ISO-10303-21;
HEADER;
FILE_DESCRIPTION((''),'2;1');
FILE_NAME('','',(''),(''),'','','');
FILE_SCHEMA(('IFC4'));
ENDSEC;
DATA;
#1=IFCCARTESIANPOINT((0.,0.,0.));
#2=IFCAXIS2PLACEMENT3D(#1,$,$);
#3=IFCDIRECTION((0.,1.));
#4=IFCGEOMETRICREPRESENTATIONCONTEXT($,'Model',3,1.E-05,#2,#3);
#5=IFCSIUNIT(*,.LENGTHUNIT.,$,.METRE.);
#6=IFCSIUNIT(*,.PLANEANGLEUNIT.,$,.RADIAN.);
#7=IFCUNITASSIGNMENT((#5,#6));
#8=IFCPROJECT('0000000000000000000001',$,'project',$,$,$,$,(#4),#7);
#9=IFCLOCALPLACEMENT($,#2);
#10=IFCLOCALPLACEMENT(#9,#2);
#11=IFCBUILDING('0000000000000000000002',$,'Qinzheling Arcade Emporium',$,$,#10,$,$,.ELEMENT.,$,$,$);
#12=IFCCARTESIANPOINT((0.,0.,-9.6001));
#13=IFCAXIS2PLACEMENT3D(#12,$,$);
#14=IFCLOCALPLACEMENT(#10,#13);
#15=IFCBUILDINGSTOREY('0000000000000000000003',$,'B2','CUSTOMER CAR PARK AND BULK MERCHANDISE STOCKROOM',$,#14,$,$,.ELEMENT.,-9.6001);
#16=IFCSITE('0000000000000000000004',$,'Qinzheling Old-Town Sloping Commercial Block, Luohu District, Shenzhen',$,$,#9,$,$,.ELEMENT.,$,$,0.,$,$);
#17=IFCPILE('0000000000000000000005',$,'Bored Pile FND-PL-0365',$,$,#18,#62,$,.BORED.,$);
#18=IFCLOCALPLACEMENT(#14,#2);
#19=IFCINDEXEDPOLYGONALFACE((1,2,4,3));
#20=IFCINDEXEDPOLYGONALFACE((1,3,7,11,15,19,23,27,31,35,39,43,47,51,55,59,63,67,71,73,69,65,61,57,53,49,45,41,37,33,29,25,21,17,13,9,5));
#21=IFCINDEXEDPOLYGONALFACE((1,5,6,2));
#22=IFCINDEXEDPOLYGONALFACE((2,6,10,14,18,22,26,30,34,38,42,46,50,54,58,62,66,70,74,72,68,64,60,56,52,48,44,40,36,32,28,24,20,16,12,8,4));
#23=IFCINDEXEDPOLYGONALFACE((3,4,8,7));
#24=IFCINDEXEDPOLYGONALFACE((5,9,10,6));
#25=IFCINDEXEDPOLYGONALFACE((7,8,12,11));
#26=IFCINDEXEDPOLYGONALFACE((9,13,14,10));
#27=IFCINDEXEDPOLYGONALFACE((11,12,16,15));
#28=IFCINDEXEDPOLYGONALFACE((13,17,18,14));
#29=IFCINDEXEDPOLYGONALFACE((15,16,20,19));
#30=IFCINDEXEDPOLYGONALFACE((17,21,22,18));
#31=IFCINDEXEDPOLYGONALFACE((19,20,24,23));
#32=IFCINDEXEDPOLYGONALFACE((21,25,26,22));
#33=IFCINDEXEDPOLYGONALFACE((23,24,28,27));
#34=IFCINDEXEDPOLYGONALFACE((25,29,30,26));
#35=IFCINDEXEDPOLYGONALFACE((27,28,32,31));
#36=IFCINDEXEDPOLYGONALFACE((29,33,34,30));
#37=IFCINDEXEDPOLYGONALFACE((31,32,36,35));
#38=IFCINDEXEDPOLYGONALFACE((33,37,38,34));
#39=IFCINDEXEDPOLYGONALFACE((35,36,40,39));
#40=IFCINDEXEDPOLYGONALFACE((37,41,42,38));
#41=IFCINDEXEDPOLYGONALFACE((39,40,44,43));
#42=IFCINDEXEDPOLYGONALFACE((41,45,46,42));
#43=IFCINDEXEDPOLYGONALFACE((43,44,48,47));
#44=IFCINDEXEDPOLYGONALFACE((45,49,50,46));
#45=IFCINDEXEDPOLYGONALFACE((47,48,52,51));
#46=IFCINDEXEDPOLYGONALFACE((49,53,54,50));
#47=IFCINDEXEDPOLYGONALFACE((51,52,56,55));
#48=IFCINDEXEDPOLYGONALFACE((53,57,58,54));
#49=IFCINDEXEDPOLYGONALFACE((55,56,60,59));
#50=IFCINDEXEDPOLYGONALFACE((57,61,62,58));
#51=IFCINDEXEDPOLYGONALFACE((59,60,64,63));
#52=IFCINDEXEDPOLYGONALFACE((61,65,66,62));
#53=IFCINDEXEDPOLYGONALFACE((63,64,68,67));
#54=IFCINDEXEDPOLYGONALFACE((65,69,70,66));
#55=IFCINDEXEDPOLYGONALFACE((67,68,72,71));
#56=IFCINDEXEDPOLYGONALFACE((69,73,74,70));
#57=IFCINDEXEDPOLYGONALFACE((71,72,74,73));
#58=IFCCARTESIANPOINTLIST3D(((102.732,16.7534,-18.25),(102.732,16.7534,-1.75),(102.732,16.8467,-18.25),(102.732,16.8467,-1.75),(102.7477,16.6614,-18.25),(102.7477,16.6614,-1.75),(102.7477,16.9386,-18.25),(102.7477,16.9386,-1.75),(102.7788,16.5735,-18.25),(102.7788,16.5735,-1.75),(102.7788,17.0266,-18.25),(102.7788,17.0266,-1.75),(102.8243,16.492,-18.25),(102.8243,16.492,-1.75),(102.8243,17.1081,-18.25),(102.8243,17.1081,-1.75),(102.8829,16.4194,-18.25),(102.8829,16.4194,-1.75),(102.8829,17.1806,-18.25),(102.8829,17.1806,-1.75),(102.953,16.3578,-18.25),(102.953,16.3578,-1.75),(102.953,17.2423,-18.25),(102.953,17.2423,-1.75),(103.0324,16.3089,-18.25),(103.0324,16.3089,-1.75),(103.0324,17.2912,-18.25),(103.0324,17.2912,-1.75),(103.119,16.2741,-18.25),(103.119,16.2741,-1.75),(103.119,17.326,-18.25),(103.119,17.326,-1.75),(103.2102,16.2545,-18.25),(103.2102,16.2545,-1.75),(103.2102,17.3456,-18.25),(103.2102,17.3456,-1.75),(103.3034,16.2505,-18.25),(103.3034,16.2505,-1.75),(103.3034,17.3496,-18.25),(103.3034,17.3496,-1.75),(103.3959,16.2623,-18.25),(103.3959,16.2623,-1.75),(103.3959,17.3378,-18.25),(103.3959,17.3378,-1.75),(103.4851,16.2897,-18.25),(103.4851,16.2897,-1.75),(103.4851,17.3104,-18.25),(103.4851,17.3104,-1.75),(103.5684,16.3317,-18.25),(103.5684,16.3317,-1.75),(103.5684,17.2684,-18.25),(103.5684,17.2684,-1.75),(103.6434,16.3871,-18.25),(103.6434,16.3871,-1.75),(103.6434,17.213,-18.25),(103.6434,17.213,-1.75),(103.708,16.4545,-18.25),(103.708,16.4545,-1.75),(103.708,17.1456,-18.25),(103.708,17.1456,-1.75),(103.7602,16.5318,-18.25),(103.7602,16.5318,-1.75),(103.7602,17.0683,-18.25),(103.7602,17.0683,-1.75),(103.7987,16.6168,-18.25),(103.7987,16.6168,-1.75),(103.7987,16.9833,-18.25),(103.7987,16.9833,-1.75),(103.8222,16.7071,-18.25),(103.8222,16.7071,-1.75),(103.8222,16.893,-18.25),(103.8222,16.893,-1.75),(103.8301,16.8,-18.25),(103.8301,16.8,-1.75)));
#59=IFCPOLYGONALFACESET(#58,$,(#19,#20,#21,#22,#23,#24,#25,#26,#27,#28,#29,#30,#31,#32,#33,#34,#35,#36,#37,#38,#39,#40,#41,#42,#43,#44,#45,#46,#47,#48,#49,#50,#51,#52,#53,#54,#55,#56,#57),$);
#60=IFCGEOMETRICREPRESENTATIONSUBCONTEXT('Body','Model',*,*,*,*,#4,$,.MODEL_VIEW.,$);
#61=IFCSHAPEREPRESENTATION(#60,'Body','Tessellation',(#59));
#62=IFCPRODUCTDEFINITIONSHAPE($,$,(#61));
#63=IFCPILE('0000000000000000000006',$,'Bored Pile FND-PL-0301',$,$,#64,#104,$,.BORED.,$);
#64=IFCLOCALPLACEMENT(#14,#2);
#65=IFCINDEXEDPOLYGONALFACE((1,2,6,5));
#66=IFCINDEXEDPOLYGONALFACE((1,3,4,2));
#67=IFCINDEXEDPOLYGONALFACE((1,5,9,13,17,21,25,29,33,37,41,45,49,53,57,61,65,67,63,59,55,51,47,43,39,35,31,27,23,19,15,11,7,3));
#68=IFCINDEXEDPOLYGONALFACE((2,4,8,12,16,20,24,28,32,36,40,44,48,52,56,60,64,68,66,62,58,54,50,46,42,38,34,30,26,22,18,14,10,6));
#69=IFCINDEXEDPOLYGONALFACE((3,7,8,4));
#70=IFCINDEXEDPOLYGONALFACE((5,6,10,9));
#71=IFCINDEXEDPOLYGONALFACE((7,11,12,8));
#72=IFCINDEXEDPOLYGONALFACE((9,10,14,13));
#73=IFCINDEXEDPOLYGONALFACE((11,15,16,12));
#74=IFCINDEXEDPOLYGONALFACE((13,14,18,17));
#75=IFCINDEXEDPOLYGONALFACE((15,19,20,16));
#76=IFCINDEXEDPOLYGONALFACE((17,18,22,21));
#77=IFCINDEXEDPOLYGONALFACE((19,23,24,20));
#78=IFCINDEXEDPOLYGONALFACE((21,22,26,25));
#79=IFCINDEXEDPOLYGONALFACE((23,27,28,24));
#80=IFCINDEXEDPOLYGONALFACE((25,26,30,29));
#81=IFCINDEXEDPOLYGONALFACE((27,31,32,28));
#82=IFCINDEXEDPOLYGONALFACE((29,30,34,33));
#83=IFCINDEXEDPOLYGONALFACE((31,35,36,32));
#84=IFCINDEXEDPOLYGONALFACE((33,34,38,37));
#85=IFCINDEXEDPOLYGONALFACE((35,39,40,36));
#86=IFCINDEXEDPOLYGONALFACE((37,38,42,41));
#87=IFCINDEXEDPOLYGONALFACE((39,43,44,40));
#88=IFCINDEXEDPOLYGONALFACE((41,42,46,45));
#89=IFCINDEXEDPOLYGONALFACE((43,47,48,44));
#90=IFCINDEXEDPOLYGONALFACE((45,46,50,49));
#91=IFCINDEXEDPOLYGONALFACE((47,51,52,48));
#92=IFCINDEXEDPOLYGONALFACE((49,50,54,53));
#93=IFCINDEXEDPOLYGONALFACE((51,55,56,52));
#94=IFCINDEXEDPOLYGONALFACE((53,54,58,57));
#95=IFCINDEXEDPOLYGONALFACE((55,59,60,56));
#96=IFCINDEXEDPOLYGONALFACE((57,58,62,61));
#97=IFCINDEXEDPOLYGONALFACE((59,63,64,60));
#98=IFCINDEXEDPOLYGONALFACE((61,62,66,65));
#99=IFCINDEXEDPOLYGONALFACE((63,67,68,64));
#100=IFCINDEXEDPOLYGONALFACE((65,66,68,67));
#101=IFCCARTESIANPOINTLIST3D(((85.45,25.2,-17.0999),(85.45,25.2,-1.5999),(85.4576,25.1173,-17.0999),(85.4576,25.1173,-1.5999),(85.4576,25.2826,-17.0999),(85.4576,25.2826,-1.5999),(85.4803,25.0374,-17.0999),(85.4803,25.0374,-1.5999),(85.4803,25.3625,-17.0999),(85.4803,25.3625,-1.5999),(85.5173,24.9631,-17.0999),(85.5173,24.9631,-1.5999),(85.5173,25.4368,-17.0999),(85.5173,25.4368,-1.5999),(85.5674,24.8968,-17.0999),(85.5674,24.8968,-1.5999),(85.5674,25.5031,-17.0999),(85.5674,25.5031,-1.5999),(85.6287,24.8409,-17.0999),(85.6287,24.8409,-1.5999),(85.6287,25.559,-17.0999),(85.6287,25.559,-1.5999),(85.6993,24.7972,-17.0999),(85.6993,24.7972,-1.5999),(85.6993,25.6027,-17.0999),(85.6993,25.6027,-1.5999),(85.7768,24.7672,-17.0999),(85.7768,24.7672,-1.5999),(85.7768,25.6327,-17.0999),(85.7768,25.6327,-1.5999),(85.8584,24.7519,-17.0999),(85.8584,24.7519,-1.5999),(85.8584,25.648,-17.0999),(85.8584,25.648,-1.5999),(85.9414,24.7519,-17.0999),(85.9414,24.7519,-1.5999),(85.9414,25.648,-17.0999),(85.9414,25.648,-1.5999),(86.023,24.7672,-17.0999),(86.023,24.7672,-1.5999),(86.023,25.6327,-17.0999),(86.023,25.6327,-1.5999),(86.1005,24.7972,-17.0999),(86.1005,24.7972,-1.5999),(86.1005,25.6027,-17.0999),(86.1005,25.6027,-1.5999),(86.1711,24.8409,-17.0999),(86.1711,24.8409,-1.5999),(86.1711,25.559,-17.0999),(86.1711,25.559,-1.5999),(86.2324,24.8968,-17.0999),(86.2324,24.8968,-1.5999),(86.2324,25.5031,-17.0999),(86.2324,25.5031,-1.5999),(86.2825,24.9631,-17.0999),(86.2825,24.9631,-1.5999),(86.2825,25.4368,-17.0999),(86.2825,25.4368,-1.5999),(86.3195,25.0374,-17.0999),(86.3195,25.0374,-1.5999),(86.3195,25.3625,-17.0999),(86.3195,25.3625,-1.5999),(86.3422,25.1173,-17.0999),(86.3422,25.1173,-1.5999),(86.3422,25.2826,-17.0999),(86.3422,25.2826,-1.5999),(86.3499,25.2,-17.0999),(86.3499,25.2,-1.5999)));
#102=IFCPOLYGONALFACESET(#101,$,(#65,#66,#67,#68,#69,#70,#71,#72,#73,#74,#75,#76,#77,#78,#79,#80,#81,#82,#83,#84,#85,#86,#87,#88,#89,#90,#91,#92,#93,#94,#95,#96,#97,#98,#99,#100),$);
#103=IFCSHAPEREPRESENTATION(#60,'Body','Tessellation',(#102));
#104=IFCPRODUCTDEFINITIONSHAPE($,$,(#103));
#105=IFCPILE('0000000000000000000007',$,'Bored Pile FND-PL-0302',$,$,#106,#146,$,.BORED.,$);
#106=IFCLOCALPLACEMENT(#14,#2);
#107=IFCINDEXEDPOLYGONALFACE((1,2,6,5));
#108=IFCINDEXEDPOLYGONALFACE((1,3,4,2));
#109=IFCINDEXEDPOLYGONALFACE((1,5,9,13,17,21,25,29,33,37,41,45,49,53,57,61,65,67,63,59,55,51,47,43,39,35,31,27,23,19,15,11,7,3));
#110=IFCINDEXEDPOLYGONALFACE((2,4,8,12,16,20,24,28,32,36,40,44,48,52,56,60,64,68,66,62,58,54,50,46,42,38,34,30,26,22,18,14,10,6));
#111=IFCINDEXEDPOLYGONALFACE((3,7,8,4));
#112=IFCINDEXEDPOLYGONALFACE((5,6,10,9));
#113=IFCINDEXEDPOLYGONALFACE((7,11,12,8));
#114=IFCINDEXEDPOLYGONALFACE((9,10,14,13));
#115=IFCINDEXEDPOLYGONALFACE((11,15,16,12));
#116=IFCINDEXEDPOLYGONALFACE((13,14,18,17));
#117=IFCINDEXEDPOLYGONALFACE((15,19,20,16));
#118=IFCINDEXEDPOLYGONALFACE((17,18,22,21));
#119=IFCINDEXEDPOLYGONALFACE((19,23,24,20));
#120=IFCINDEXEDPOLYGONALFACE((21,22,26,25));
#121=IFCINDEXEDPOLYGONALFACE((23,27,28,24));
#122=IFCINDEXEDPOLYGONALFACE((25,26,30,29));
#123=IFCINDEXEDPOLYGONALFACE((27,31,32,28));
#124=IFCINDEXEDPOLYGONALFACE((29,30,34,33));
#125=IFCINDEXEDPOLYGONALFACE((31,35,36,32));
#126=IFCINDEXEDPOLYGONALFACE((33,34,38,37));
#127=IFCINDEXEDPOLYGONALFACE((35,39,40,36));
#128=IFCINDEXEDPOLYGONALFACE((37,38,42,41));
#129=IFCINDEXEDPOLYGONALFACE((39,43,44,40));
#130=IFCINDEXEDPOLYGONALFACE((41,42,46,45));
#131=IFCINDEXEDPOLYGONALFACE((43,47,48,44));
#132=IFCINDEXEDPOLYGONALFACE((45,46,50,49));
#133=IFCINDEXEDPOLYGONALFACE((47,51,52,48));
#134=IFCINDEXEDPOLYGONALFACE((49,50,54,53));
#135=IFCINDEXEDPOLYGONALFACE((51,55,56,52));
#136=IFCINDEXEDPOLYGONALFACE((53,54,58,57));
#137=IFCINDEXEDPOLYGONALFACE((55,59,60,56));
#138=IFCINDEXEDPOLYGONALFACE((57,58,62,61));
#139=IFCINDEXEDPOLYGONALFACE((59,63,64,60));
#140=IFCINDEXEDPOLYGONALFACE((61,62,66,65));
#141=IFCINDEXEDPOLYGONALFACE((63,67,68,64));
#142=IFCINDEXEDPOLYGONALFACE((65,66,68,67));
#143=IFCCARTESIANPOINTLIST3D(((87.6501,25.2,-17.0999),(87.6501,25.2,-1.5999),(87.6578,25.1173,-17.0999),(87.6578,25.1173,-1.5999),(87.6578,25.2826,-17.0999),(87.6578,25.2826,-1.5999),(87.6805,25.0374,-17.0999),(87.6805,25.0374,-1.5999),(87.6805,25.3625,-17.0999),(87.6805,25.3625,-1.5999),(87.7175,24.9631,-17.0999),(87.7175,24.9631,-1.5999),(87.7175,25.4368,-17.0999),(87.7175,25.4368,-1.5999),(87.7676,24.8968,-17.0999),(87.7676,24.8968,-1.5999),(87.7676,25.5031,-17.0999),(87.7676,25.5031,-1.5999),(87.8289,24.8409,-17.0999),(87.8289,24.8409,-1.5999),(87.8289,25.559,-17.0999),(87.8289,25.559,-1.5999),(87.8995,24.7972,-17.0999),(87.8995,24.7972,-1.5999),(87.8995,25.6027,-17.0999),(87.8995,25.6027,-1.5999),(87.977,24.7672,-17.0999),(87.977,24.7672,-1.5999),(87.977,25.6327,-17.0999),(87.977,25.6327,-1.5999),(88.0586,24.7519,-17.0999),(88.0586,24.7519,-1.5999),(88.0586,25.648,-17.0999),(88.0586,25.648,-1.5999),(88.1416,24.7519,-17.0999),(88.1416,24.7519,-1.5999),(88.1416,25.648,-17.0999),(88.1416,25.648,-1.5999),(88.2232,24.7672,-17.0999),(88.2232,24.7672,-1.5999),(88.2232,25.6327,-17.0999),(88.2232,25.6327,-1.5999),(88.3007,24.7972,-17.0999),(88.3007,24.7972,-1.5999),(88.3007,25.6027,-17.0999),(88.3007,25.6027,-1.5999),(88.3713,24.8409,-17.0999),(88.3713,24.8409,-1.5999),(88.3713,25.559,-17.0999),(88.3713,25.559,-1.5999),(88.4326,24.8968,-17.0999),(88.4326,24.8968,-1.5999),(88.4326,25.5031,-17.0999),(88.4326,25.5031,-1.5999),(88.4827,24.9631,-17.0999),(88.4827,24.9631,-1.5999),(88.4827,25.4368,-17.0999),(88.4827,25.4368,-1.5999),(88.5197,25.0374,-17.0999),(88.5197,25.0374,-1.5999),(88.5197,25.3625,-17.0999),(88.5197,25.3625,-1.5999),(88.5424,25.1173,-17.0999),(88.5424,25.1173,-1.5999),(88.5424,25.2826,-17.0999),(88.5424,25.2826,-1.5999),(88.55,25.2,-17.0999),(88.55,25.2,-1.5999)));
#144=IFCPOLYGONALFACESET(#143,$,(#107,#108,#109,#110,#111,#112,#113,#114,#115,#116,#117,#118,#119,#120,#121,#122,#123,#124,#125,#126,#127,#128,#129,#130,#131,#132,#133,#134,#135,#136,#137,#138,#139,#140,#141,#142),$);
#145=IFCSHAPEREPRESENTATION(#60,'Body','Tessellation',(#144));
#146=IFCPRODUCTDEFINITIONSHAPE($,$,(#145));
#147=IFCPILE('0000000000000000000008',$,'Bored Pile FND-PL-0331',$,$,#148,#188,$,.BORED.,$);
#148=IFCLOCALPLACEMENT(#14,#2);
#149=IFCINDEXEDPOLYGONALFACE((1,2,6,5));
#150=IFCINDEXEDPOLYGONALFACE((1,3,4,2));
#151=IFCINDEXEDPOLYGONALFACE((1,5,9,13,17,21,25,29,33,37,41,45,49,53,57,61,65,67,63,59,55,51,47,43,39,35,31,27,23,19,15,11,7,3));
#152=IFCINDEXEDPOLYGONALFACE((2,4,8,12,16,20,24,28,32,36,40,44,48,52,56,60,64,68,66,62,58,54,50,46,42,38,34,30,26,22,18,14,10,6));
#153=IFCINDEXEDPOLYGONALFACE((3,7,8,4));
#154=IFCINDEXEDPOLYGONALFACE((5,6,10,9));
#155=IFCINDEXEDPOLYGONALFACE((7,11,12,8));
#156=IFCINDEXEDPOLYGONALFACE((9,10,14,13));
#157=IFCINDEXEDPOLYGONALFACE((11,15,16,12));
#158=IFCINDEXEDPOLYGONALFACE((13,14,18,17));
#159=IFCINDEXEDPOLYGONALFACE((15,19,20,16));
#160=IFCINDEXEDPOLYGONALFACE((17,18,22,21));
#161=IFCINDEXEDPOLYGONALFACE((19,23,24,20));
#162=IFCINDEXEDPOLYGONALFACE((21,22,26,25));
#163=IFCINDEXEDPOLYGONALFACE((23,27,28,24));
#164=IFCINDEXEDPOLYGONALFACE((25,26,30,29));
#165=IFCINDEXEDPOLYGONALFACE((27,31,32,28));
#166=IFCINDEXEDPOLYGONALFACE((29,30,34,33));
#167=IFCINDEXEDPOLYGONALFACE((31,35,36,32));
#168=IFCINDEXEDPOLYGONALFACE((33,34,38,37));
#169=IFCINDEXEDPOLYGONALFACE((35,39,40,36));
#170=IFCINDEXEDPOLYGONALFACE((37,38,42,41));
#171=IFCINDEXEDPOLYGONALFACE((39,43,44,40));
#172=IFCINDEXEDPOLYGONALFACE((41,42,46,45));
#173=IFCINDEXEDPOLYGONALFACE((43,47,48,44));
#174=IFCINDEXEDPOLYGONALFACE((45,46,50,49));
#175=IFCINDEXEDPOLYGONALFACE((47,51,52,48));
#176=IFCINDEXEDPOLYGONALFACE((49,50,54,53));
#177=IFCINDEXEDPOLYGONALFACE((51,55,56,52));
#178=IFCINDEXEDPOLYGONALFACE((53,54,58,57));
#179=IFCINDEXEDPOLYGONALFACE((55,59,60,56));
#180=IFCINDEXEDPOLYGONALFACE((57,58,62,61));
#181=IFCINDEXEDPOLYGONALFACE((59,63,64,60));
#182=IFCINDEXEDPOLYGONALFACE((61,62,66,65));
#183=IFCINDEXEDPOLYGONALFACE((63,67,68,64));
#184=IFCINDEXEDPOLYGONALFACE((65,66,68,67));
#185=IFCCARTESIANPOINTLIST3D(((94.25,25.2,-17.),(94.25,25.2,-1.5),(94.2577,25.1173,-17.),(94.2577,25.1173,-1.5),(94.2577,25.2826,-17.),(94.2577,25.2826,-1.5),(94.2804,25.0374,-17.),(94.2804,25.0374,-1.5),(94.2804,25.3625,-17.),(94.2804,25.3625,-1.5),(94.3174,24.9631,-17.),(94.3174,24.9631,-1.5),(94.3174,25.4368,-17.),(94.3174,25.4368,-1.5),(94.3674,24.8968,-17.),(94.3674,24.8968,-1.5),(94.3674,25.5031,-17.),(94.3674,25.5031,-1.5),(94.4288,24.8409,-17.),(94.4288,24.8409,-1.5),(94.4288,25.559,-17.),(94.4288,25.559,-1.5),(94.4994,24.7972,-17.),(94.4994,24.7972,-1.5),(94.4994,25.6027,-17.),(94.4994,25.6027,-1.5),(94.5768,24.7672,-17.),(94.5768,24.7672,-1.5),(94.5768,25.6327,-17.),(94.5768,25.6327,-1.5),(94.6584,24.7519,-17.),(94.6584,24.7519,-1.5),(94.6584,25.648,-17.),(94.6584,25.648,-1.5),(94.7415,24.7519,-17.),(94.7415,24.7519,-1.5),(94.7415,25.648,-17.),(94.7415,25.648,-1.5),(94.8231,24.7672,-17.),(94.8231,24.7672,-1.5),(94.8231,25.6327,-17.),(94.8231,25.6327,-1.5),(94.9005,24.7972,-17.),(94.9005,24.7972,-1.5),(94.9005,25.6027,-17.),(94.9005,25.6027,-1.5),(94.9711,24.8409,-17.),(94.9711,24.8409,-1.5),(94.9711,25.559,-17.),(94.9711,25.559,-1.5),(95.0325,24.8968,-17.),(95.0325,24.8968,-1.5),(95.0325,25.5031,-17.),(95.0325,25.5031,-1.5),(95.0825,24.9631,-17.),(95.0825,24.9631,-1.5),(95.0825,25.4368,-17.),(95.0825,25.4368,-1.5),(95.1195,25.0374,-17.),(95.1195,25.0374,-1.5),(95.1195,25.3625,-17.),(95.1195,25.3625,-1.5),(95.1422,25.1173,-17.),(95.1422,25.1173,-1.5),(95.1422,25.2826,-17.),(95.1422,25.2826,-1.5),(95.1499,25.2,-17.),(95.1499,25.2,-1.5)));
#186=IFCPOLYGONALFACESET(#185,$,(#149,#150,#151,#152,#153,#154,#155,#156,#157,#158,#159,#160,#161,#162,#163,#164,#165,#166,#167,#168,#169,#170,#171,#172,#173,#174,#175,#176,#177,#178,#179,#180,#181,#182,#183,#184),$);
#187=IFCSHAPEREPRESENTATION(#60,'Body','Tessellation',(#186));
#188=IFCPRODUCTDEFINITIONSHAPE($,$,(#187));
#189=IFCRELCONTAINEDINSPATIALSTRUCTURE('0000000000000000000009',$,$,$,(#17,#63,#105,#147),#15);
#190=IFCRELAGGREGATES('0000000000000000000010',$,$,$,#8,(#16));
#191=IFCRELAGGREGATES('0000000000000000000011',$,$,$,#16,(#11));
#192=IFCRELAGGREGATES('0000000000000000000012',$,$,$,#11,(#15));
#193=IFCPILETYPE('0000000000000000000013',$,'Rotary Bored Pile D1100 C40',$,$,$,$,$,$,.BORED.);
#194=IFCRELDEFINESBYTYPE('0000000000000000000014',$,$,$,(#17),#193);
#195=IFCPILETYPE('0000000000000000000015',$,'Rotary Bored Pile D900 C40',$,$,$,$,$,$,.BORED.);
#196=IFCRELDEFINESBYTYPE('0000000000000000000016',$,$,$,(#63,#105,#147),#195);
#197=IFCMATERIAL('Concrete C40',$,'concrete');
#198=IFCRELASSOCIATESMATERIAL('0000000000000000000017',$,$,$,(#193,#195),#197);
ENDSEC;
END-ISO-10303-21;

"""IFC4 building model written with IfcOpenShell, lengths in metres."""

from ifc_helpers import new_model, si_unit, direction, frame, origin, origin_2d, place, context, subcontext, project, spatial, circle, extrude, material, material_profile, profile_set, type_object, element, save


model = new_model("IFC4")

# Units and contexts
model_context = context("Model", 3, precision=1e-05, world=origin(), true_north=direction((0.0, 1.0)))
body_context = subcontext(model_context, "Body", "Model", "MODEL_VIEW")
ifc_project = project(units=[si_unit("LENGTHUNIT", "METRE"), si_unit("PLANEANGLEUNIT", "RADIAN")], contexts=[model_context])

# Site, building, storey
site_placement = place(None, origin())
site = spatial("IfcSite", under=ifc_project, at=site_placement, Name="Qinzheling Old-Town Sloping Commercial Block, Luohu District, Shenzhen", CompositionType="ELEMENT", RefElevation=0.0)
building_placement = place(site_placement, origin())
building = spatial("IfcBuilding", under=site, at=building_placement, Name="Qinzheling Arcade Emporium", CompositionType="ELEMENT")
storey_placement = place(building_placement, frame((0.0, 0.0, -9.6001)))
storey = spatial("IfcBuildingStorey", under=building, at=storey_placement, Name="B2", Description="CUSTOMER CAR PARK AND BULK MERCHANDISE STOCKROOM", CompositionType="ELEMENT", Elevation=-9.6001)

# Shared definitions
ifc_material_1 = material(Name="Concrete C40", Category="concrete")

# Piles
ifc_material_profile_1 = material_profile(ifc_material_1, circle(Radius=0.55, at=origin_2d()), Name="BORED D1100", Category="concrete")
ifc_profile_set_1 = profile_set([ifc_material_profile_1], Name="Concrete C40")
pile_type_1 = type_object("IfcPileType", Name="Rotary Bored Pile D1100 C40", PredefinedType="BORED", material=ifc_profile_set_1)
for number, where, z_axis, x_axis, name in (
    (1, (103.28, 16.8, -1.75), (0.0, 0.0, -1.0), (1.0, 0.0, 0.0), "Bored Pile FND-PL-0365"),
):
    element("IfcPile", number, at=place(storey_placement, frame(where, z_axis=z_axis, x_axis=x_axis)), inside=storey, type_object=pile_type_1, Name=name, PredefinedType="BORED", context=body_context, shape_type="SweptSolid", body=[
        extrude(circle(Radius=0.55, at=origin_2d()), origin(), (0.0, 0.0, 1.0), 16.5),
    ])
ifc_material_profile_2 = material_profile(ifc_material_1, circle(Radius=0.45, at=origin_2d()), Name="BORED D900", Category="concrete")
ifc_profile_set_2 = profile_set([ifc_material_profile_2], Name="Concrete C40")
pile_type_2 = type_object("IfcPileType", Name="Rotary Bored Pile D900 C40", PredefinedType="BORED", material=ifc_profile_set_2)
for number, where, z_axis, x_axis, name in (
    (2, (85.8999, 25.2, -1.5999), (0.0, 0.0, -1.0), (1.0, 0.0, 0.0), "Bored Pile FND-PL-0301"),
    (3, (88.1001, 25.2, -1.5999), (0.0, 0.0, -1.0), (1.0, 0.0, 0.0), "Bored Pile FND-PL-0302"),
    (4, (94.7, 25.2, -1.5), (0.0, 0.0, -1.0), (1.0, 0.0, 0.0), "Bored Pile FND-PL-0331"),
):
    element("IfcPile", number, at=place(storey_placement, frame(where, z_axis=z_axis, x_axis=x_axis)), inside=storey, type_object=pile_type_2, Name=name, PredefinedType="BORED", context=body_context, shape_type="SweptSolid", body=[
        extrude(circle(Radius=0.45, at=origin_2d()), origin(), (0.0, 0.0, 1.0), 15.5),
    ])

save(model, "model.ifc")
